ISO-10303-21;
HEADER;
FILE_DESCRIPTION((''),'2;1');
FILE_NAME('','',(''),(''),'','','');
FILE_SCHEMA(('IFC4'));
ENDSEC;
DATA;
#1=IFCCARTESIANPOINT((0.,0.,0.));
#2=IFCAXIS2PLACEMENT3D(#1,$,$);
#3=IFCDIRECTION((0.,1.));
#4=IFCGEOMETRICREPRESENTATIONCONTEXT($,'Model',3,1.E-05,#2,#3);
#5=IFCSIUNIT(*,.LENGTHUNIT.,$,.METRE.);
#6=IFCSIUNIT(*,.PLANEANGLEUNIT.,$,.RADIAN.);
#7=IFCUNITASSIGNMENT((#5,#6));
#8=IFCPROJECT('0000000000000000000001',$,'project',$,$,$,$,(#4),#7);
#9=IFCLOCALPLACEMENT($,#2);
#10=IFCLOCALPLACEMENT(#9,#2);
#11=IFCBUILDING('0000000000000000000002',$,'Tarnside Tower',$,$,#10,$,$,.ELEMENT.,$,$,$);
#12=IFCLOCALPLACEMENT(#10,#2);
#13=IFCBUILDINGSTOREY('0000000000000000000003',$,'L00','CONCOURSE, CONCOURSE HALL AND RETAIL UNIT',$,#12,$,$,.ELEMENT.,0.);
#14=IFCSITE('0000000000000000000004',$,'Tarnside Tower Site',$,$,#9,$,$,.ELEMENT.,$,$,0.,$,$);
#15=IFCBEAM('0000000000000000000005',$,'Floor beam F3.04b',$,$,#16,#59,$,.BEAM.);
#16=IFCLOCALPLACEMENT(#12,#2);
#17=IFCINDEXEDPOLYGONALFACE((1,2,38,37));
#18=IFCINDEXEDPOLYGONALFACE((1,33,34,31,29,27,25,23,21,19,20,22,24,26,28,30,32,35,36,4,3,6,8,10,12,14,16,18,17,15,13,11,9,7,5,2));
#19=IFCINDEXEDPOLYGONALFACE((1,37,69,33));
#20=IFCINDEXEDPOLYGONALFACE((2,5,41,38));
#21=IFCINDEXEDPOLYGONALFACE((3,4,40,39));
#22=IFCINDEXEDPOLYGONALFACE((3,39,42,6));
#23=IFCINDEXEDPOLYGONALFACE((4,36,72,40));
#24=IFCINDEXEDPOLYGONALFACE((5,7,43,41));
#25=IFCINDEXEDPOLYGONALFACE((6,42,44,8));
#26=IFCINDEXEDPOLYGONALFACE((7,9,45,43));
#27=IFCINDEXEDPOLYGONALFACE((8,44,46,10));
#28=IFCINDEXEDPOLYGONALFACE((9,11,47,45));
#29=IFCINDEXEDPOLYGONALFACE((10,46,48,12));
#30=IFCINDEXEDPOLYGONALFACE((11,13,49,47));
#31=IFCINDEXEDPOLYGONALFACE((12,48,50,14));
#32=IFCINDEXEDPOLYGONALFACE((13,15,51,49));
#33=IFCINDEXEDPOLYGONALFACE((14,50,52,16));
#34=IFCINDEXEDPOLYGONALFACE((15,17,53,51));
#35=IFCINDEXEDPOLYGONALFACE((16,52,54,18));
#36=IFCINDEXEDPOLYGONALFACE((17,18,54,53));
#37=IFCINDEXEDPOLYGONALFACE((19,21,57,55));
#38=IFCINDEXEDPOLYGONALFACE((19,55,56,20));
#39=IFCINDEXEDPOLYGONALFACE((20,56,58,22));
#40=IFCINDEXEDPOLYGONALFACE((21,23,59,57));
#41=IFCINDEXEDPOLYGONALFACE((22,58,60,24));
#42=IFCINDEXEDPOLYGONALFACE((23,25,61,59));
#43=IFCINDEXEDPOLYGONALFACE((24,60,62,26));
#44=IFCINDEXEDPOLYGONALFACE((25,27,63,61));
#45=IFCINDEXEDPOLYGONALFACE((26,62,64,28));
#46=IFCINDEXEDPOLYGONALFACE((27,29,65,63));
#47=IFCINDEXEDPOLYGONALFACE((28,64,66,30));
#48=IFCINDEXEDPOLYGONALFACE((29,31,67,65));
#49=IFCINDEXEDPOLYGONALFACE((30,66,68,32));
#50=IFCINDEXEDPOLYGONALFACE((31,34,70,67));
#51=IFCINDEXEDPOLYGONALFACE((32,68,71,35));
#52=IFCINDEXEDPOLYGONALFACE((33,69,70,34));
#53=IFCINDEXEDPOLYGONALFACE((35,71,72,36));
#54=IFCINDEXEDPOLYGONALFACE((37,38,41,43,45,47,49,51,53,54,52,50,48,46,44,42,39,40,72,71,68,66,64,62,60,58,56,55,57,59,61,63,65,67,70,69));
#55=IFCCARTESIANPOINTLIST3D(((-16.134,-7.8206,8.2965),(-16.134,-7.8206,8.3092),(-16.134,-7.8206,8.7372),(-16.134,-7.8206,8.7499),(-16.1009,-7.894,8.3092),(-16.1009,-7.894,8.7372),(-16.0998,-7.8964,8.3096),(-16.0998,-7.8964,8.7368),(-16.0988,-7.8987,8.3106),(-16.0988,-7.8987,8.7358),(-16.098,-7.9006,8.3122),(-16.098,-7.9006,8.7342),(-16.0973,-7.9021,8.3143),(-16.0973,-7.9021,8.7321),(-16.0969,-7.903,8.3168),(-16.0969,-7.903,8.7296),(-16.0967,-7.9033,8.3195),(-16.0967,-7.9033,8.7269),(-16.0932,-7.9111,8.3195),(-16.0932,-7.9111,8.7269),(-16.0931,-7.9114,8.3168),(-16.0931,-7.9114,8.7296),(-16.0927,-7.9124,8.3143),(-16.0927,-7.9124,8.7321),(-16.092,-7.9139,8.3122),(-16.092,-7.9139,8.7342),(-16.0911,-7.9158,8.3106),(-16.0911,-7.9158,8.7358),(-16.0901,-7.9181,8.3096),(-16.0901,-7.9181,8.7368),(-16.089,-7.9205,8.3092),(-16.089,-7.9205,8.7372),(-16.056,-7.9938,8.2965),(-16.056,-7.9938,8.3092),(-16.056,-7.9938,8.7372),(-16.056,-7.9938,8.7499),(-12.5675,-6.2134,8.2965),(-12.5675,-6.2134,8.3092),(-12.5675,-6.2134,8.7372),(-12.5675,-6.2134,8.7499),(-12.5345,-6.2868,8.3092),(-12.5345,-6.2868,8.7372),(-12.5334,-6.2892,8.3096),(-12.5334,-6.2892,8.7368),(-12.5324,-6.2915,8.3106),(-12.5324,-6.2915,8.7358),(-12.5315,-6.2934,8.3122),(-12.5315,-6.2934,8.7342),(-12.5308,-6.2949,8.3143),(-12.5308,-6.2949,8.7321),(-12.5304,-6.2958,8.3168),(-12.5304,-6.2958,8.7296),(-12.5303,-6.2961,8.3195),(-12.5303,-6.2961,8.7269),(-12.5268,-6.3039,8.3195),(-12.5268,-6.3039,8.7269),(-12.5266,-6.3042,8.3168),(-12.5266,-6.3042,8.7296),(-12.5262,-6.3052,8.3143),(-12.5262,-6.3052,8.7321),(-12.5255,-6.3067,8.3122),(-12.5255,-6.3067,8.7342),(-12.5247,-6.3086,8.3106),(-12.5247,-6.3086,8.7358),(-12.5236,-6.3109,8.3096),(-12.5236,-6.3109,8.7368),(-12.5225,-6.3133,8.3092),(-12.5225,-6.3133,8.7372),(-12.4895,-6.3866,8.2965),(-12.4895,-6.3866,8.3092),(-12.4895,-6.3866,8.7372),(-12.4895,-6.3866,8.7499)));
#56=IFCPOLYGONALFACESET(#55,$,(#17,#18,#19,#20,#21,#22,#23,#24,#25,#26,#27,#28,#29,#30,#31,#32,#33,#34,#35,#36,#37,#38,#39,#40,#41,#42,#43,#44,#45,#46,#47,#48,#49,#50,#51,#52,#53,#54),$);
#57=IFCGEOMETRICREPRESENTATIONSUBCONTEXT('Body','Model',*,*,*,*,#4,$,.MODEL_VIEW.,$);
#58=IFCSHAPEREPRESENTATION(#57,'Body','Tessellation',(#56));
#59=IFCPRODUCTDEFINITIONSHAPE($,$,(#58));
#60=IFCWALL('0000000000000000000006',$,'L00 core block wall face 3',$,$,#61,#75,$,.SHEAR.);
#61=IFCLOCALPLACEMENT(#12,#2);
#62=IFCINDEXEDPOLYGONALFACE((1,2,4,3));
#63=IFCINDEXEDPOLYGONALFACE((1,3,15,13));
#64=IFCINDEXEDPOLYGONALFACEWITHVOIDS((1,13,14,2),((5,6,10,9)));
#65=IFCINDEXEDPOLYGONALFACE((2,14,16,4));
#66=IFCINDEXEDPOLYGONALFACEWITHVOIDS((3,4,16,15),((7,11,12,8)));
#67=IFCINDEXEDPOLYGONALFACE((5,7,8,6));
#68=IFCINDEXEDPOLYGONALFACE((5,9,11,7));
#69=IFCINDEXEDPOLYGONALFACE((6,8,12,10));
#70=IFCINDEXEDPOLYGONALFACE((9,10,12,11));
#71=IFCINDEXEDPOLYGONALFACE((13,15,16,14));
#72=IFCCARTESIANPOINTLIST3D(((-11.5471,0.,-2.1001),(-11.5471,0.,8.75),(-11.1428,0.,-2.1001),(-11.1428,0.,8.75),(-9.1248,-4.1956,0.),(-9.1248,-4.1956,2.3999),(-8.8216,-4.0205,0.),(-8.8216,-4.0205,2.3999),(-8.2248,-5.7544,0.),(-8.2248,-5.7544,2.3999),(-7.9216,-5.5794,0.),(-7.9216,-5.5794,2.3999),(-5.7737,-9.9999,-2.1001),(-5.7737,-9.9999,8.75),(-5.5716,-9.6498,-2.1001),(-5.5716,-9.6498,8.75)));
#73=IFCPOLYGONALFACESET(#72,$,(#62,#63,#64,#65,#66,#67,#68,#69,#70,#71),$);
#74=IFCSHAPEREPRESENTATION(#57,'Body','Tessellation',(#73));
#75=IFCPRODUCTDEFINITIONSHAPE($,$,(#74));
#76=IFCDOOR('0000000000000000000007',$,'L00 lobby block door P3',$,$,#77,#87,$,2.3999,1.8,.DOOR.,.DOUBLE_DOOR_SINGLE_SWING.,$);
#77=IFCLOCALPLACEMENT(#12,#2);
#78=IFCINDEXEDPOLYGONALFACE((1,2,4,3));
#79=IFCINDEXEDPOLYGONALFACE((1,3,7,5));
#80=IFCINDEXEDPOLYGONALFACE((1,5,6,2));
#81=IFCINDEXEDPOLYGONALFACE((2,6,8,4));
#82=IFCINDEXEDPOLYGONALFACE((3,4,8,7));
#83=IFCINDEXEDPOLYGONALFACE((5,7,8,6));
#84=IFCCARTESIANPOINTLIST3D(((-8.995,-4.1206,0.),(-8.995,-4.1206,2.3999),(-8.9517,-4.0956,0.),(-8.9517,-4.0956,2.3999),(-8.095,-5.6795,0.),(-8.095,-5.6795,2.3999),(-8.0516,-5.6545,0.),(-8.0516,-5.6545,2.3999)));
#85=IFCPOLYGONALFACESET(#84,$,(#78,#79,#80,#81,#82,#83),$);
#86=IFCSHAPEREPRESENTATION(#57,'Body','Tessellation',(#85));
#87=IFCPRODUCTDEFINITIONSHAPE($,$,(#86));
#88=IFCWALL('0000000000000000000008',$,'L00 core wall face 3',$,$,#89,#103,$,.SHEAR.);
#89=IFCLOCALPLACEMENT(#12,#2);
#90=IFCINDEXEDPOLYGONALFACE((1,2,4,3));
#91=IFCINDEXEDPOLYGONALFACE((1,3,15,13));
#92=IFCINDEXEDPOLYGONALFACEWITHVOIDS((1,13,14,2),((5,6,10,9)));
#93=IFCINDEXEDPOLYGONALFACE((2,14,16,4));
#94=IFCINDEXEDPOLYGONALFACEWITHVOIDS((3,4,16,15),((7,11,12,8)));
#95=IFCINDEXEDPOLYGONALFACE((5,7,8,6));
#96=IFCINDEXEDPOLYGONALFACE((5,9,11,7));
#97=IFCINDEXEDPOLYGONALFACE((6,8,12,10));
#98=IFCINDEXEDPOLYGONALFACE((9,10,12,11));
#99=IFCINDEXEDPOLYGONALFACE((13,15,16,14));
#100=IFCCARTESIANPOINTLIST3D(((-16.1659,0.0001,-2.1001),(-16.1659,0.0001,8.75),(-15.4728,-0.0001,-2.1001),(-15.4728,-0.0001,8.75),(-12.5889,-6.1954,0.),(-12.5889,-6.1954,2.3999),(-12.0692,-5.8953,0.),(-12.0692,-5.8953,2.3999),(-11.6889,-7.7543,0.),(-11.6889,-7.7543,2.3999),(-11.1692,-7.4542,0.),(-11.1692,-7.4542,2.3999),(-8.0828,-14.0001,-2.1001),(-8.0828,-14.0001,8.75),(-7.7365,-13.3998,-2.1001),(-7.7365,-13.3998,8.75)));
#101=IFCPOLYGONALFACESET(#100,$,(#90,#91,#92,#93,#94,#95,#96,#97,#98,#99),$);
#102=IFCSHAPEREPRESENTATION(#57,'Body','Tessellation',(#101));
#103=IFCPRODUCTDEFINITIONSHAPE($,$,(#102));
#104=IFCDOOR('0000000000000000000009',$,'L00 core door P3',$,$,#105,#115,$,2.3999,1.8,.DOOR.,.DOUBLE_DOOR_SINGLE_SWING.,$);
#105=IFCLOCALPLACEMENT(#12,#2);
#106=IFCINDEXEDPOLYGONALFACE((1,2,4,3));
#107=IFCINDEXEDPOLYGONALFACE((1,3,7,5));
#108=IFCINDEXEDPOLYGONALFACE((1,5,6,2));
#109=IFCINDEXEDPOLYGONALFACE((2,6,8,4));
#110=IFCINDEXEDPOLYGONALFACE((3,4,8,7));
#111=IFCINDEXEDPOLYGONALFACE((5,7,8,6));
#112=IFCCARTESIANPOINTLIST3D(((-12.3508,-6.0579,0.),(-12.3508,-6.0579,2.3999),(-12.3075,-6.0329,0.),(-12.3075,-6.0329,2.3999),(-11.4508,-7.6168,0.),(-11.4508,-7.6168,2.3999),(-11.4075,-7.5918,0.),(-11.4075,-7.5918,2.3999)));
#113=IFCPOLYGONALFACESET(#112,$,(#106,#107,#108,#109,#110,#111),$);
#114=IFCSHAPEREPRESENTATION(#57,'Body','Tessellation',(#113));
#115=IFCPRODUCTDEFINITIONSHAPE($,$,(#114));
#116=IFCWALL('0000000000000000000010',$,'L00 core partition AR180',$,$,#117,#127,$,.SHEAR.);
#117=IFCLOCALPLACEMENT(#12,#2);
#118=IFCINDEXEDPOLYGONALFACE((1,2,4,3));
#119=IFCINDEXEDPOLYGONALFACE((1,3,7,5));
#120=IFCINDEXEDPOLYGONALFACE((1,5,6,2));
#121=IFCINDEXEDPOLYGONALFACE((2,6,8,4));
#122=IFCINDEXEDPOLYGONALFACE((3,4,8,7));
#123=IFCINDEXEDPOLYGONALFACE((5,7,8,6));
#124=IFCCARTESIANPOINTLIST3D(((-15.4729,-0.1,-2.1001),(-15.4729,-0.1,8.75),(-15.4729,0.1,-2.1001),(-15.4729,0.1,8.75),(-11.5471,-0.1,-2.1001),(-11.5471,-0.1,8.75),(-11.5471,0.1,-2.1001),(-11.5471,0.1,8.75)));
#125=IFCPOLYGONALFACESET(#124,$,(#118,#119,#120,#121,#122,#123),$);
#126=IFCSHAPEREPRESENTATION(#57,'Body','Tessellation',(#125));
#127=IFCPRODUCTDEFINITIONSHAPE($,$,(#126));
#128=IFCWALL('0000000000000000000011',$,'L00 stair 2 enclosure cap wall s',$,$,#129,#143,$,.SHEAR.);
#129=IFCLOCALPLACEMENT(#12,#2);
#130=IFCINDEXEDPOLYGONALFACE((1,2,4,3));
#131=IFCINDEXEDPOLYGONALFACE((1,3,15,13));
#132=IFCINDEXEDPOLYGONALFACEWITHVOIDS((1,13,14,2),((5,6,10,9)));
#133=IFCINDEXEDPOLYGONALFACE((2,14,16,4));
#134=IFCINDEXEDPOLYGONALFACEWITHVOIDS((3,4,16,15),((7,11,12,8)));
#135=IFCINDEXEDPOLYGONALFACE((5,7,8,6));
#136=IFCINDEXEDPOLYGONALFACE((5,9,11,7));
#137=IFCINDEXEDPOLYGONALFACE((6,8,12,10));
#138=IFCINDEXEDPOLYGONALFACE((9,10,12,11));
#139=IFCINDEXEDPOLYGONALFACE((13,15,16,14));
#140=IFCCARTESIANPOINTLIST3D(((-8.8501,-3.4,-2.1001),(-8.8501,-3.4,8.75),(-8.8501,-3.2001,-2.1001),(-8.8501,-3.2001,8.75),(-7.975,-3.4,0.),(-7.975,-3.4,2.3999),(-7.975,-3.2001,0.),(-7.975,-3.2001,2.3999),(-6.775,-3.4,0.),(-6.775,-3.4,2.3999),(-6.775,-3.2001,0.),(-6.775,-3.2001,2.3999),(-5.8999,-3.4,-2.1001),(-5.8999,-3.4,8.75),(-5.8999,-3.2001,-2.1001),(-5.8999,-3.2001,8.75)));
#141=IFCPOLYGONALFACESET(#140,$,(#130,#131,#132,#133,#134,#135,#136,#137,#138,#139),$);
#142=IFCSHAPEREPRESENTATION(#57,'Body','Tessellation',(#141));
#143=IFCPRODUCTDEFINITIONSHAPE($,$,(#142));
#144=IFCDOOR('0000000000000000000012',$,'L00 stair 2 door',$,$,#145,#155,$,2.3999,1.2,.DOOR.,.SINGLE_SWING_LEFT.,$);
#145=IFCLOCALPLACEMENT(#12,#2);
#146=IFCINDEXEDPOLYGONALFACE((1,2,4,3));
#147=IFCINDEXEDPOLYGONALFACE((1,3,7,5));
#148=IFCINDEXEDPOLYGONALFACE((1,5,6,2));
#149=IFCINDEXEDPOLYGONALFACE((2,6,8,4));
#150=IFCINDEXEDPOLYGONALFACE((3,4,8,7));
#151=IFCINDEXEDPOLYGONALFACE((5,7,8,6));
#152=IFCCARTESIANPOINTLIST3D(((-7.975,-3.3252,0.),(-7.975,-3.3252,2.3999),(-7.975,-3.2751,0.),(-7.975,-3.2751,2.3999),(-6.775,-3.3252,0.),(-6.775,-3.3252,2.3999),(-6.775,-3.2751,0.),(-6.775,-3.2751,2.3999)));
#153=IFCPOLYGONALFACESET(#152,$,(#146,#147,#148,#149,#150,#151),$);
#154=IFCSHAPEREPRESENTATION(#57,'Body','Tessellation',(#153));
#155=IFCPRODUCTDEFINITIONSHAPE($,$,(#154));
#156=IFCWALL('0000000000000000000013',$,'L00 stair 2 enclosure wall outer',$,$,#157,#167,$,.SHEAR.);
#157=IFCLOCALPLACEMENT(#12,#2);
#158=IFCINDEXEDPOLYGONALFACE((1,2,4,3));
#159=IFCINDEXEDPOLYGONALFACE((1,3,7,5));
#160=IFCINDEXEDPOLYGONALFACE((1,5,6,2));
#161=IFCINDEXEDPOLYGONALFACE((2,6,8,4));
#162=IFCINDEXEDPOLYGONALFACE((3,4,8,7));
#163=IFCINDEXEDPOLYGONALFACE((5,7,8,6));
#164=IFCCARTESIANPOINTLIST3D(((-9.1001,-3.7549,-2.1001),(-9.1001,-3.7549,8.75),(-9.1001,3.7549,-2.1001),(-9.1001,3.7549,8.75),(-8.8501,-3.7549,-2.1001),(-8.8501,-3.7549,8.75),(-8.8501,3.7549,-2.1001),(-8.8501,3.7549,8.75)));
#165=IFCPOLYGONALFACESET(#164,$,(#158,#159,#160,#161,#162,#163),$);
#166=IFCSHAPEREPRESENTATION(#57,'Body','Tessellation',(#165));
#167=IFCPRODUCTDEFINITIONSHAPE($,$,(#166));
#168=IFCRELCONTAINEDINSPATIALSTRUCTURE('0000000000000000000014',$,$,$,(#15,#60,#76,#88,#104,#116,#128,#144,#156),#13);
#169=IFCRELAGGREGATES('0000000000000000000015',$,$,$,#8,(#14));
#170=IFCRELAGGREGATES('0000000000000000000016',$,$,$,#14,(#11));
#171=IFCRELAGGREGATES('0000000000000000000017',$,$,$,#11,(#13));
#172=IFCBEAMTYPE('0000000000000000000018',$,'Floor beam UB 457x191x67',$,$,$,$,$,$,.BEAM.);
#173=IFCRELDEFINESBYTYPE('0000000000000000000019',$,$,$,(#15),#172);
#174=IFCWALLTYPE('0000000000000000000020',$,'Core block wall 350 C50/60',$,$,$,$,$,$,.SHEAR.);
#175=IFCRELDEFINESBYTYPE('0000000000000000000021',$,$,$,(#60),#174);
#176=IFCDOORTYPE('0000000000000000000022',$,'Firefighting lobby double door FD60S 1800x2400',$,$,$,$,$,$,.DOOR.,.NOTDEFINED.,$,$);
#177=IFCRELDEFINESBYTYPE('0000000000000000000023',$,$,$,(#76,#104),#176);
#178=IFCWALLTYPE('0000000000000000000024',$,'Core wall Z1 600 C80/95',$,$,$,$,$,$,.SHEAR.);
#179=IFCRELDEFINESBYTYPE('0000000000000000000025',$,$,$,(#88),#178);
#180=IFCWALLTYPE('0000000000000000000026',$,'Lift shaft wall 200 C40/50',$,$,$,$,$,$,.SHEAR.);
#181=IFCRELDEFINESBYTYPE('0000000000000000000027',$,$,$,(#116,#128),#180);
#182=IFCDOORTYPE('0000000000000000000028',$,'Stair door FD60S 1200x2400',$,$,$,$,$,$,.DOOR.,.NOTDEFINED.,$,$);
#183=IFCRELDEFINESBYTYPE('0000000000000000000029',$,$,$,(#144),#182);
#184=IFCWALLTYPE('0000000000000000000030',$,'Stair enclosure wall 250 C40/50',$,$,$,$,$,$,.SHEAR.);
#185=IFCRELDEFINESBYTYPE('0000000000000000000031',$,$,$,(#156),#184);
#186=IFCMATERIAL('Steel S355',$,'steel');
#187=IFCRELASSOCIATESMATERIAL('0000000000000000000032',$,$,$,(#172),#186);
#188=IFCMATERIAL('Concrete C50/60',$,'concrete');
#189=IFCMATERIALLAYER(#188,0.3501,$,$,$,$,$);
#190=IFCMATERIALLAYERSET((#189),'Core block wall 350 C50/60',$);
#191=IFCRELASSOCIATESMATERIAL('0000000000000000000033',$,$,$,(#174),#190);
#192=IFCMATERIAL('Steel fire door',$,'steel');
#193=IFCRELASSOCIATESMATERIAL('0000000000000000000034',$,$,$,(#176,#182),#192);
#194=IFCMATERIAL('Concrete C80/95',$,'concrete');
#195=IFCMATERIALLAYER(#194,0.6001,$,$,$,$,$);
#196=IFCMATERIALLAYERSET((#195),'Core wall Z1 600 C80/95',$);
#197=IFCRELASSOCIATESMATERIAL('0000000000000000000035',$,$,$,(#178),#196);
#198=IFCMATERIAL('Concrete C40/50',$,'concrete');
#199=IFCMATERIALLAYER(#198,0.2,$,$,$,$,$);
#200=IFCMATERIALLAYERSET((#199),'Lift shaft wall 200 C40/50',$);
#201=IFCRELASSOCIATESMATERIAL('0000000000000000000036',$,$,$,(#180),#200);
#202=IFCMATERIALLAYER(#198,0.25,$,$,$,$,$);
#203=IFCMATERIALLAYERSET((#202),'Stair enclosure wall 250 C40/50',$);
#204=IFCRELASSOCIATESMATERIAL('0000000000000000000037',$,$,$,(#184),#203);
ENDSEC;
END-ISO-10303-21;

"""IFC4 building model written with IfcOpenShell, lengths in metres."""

from ifc_helpers import new_model, si_unit, direction, frame, frame_2d, origin, origin_2d, place, context, subcontext, project, spatial, polyline, rectangle, i_section, outline, extrude, material, layer, layer_set, material_profile, profile_set, type_object, element, fill, save


model = new_model("IFC4")

# Units and contexts
model_context = context("Model", 3, precision=1e-05, world=origin(), true_north=direction((0.0, 1.0)))
body_context = subcontext(model_context, "Body", "Model", "MODEL_VIEW")
ifc_project = project(units=[si_unit("LENGTHUNIT", "METRE"), si_unit("PLANEANGLEUNIT", "RADIAN")], contexts=[model_context])

# Site, building, storey
site_placement = place(None, origin())
site = spatial("IfcSite", under=ifc_project, at=site_placement, Name="Tarnside Tower Site", CompositionType="ELEMENT", RefElevation=0.0)
building_placement = place(site_placement, origin())
building = spatial("IfcBuilding", under=site, at=building_placement, Name="Tarnside Tower", CompositionType="ELEMENT")
storey_placement = place(building_placement, origin())
storey = spatial("IfcBuildingStorey", under=building, at=storey_placement, Name="L00", Description="CONCOURSE, CONCOURSE HALL AND RETAIL UNIT", CompositionType="ELEMENT", Elevation=0.0)

# Beam
ifc_material_1 = material(Name="Steel S355", Category="steel")
ifc_material_profile_1 = material_profile(ifc_material_1, i_section(OverallWidth=0.1899, OverallDepth=0.4534, WebThickness=0.0085, FlangeThickness=0.0127, FilletRadius=0.0103, at=origin_2d()), Name="UB 457x191x67")
ifc_profile_set_1 = profile_set([ifc_material_profile_1], Name="Steel S355")
beam_type = type_object("IfcBeamType", Name="Floor beam UB 457x191x67", PredefinedType="BEAM", material=ifc_profile_set_1)
beam_1_placement = place(storey_placement, frame((-16.095, -7.9072, 8.5232), z_axis=(0.911702, 0.410852, 0.0), x_axis=(-0.410852, 0.911702, 0.0)))
element("IfcBeam", 1, at=beam_1_placement, inside=storey, type_object=beam_type, Name="Floor beam F3.04b", PredefinedType="BEAM", context=body_context, shape_type="SweptSolid", body=[
    extrude(i_section(OverallWidth=0.1899, OverallDepth=0.4534, WebThickness=0.0085, FlangeThickness=0.0127, FilletRadius=0.0103, at=origin_2d()), origin(), (0.0, 0.0, 1.0), 3.9119),
])

# Walls, openings, doors
ifc_material_2 = material(Name="Concrete C50/60", Category="concrete")
ifc_layer_1 = layer(ifc_material_2, 0.3501)
ifc_layer_set_1 = layer_set([ifc_layer_1], Name="Core block wall 350 C50/60")
wall_type_1 = type_object("IfcWallType", Name="Core block wall 350 C50/60", PredefinedType="SHEAR", material=ifc_layer_set_1)
wall_1_placement = place(storey_placement, frame((-11.345, 0.0, -2.1001), z_axis=(0.0, 0.0, 1.0), x_axis=(0.499995, -0.866028, 0.0)))
wall_1 = element("IfcWall", 2, at=wall_1_placement, inside=storey, type_object=wall_type_1, Name="L00 core block wall face 3", PredefinedType="SHEAR", context=body_context, shape_type="SweptSolid", body=[
    extrude(outline(polyline([(-0.1011, -0.175), (11.4458, -0.175), (11.2437, 0.175), (0.1011, 0.175), (-0.1011, -0.175)])), origin(), (0.0, 0.0, 1.0), 10.8501),
])
opening_1_placement = place(wall_1_placement, frame((4.7437, 0.0, 2.1001)))
opening_1 = element("IfcOpeningElement", 3, at=opening_1_placement, cuts=wall_1, PredefinedType="OPENING", context=body_context, shape_type="SweptSolid", body=[
    extrude(rectangle(XDim=1.8, YDim=2.3999, at=frame_2d((0.8999, 1.2))), frame((0.0, 0.1851, 0.0), z_axis=(0.0, -1.0, 0.0), x_axis=(1.0, 0.0, 0.0)), (0.0, 0.0, 1.0), 0.3701),
])
ifc_material_3 = material(Name="Steel fire door", Category="steel")
door_type_1 = type_object("IfcDoorType", Name="Firefighting lobby double door FD60S 1800x2400", OperationType="NOTDEFINED", PredefinedType="DOOR", material=ifc_material_3)
door_1_placement = place(opening_1_placement, origin())
door_1 = element("IfcDoor", 4, at=door_1_placement, inside=storey, type_object=door_type_1, Name="L00 lobby block door P3", OperationType="DOUBLE_DOOR_SINGLE_SWING", OverallHeight=2.3999, OverallWidth=1.8, PredefinedType="DOOR", context=body_context, shape_type="SweptSolid", body=[
    extrude(rectangle(XDim=1.8, YDim=2.3999, at=frame_2d((0.8999, 1.2))), frame((0.0, 0.0249, 0.0), z_axis=(0.0, -1.0, 0.0), x_axis=(1.0, 0.0, 0.0)), (0.0, 0.0, 1.0), 0.05),
])
fill(opening_1, door_1)
ifc_material_4 = material(Name="Concrete C80/95", Category="concrete")
ifc_layer_2 = layer(ifc_material_4, 0.6001)
ifc_layer_set_2 = layer_set([ifc_layer_2], Name="Core wall Z1 600 C80/95")
wall_type_2 = type_object("IfcWallType", Name="Core wall Z1 600 C80/95", PredefinedType="SHEAR", material=ifc_layer_set_2)
wall_2_placement = place(storey_placement, frame((-15.8193, 0.0, -2.1001), z_axis=(0.0, 0.0, 1.0), x_axis=(0.5, -0.866025, 0.0)))
wall_2 = element("IfcWall", 5, at=wall_2_placement, inside=storey, type_object=wall_type_2, Name="L00 core wall face 3", PredefinedType="SHEAR", context=body_context, shape_type="SweptSolid", body=[
    extrude(outline(polyline([(-0.1733, -0.3), (15.9927, -0.3), (15.646, 0.3), (0.1733, 0.3), (-0.1733, -0.3)])), origin(), (0.0, 0.0, 1.0), 10.8501),
])
opening_2_placement = place(wall_2_placement, frame((6.9807, 0.0, 2.1001)))
opening_2 = element("IfcOpeningElement", 6, at=opening_2_placement, cuts=wall_2, PredefinedType="OPENING", context=body_context, shape_type="SweptSolid", body=[
    extrude(rectangle(XDim=1.8, YDim=2.3999, at=frame_2d((0.8999, 1.2))), frame((0.0, 0.3101, 0.0), z_axis=(0.0, -1.0, 0.0), x_axis=(1.0, 0.0, 0.0)), (0.0, 0.0, 1.0), 0.6201),
])
door_2_placement = place(opening_2_placement, origin())
door_2 = element("IfcDoor", 7, at=door_2_placement, inside=storey, type_object=door_type_1, Name="L00 core door P3", OperationType="DOUBLE_DOOR_SINGLE_SWING", OverallHeight=2.3999, OverallWidth=1.8, PredefinedType="DOOR", context=body_context, shape_type="SweptSolid", body=[
    extrude(rectangle(XDim=1.8, YDim=2.3999, at=frame_2d((0.8999, 1.2))), frame((0.0, 0.0249, 0.0), z_axis=(0.0, -1.0, 0.0), x_axis=(1.0, 0.0, 0.0)), (0.0, 0.0, 1.0), 0.05),
])
fill(opening_2, door_2)

# Wall
ifc_material_5 = material(Name="Concrete C40/50", Category="concrete")
ifc_layer_3 = layer(ifc_material_5, 0.2)
ifc_layer_set_3 = layer_set([ifc_layer_3], Name="Lift shaft wall 200 C40/50")
wall_type_3 = type_object("IfcWallType", Name="Lift shaft wall 200 C40/50", PredefinedType="SHEAR", material=ifc_layer_set_3)
wall_3_placement = place(storey_placement, frame((-11.5471, 0.0, -2.1001), z_axis=(0.0, 0.0, 1.0), x_axis=(-1.0, 0.0, 0.0)))
element("IfcWall", 8, at=wall_3_placement, inside=storey, type_object=wall_type_3, Name="L00 core partition AR180", PredefinedType="SHEAR", context=body_context, shape_type="SweptSolid", body=[
    extrude(rectangle(XDim=3.9258, YDim=0.2, at=frame_2d((1.9629, 0.0))), origin(), (0.0, 0.0, 1.0), 10.8501),
])

# Wall, opening, door
wall_4_placement = place(storey_placement, frame((-8.8501, -3.3, -2.1001), z_axis=(0.0, 0.0, 1.0), x_axis=(1.0, 0.0, 0.0)))
wall_4 = element("IfcWall", 9, at=wall_4_placement, inside=storey, type_object=wall_type_3, Name="L00 stair 2 enclosure cap wall s", PredefinedType="SHEAR", context=body_context, shape_type="SweptSolid", body=[
    extrude(rectangle(XDim=2.9502, YDim=0.2, at=frame_2d((1.4751, 0.0))), origin(), (0.0, 0.0, 1.0), 10.8501),
])
opening_3_placement = place(wall_4_placement, frame((0.875, 0.0, 2.1001)))
opening_3 = element("IfcOpeningElement", 10, at=opening_3_placement, cuts=wall_4, PredefinedType="OPENING", context=body_context, shape_type="SweptSolid", body=[
    extrude(rectangle(XDim=1.2, YDim=2.3999, at=frame_2d((0.6001, 1.2))), frame((0.0, 0.1099, 0.0), z_axis=(0.0, -1.0, 0.0), x_axis=(1.0, 0.0, 0.0)), (0.0, 0.0, 1.0), 0.22),
])
door_type_2 = type_object("IfcDoorType", Name="Stair door FD60S 1200x2400", OperationType="NOTDEFINED", PredefinedType="DOOR", material=ifc_material_3)
door_3_placement = place(opening_3_placement, origin())
door_3 = element("IfcDoor", 11, at=door_3_placement, inside=storey, type_object=door_type_2, Name="L00 stair 2 door", OperationType="SINGLE_SWING_LEFT", OverallHeight=2.3999, OverallWidth=1.2, PredefinedType="DOOR", context=body_context, shape_type="SweptSolid", body=[
    extrude(rectangle(XDim=1.2, YDim=2.3999, at=frame_2d((0.6001, 1.2))), frame((0.0, 0.0249, 0.0), z_axis=(0.0, -1.0, 0.0), x_axis=(1.0, 0.0, 0.0)), (0.0, 0.0, 1.0), 0.05),
])
fill(opening_3, door_3)

# Wall
ifc_layer_4 = layer(ifc_material_5, 0.25)
ifc_layer_set_4 = layer_set([ifc_layer_4], Name="Stair enclosure wall 250 C40/50")
wall_type_4 = type_object("IfcWallType", Name="Stair enclosure wall 250 C40/50", PredefinedType="SHEAR", material=ifc_layer_set_4)
wall_5_placement = place(storey_placement, frame((-8.9751, -3.7549, -2.1001), z_axis=(0.0, 0.0, 1.0), x_axis=(0.0, 1.0, 0.0)))
element("IfcWall", 12, at=wall_5_placement, inside=storey, type_object=wall_type_4, Name="L00 stair 2 enclosure wall outer", PredefinedType="SHEAR", context=body_context, shape_type="SweptSolid", body=[
    extrude(rectangle(XDim=7.5098, YDim=0.25, at=frame_2d((3.7549, 0.0))), origin(), (0.0, 0.0, 1.0), 10.8501),
])

save(model, "model.ifc")
